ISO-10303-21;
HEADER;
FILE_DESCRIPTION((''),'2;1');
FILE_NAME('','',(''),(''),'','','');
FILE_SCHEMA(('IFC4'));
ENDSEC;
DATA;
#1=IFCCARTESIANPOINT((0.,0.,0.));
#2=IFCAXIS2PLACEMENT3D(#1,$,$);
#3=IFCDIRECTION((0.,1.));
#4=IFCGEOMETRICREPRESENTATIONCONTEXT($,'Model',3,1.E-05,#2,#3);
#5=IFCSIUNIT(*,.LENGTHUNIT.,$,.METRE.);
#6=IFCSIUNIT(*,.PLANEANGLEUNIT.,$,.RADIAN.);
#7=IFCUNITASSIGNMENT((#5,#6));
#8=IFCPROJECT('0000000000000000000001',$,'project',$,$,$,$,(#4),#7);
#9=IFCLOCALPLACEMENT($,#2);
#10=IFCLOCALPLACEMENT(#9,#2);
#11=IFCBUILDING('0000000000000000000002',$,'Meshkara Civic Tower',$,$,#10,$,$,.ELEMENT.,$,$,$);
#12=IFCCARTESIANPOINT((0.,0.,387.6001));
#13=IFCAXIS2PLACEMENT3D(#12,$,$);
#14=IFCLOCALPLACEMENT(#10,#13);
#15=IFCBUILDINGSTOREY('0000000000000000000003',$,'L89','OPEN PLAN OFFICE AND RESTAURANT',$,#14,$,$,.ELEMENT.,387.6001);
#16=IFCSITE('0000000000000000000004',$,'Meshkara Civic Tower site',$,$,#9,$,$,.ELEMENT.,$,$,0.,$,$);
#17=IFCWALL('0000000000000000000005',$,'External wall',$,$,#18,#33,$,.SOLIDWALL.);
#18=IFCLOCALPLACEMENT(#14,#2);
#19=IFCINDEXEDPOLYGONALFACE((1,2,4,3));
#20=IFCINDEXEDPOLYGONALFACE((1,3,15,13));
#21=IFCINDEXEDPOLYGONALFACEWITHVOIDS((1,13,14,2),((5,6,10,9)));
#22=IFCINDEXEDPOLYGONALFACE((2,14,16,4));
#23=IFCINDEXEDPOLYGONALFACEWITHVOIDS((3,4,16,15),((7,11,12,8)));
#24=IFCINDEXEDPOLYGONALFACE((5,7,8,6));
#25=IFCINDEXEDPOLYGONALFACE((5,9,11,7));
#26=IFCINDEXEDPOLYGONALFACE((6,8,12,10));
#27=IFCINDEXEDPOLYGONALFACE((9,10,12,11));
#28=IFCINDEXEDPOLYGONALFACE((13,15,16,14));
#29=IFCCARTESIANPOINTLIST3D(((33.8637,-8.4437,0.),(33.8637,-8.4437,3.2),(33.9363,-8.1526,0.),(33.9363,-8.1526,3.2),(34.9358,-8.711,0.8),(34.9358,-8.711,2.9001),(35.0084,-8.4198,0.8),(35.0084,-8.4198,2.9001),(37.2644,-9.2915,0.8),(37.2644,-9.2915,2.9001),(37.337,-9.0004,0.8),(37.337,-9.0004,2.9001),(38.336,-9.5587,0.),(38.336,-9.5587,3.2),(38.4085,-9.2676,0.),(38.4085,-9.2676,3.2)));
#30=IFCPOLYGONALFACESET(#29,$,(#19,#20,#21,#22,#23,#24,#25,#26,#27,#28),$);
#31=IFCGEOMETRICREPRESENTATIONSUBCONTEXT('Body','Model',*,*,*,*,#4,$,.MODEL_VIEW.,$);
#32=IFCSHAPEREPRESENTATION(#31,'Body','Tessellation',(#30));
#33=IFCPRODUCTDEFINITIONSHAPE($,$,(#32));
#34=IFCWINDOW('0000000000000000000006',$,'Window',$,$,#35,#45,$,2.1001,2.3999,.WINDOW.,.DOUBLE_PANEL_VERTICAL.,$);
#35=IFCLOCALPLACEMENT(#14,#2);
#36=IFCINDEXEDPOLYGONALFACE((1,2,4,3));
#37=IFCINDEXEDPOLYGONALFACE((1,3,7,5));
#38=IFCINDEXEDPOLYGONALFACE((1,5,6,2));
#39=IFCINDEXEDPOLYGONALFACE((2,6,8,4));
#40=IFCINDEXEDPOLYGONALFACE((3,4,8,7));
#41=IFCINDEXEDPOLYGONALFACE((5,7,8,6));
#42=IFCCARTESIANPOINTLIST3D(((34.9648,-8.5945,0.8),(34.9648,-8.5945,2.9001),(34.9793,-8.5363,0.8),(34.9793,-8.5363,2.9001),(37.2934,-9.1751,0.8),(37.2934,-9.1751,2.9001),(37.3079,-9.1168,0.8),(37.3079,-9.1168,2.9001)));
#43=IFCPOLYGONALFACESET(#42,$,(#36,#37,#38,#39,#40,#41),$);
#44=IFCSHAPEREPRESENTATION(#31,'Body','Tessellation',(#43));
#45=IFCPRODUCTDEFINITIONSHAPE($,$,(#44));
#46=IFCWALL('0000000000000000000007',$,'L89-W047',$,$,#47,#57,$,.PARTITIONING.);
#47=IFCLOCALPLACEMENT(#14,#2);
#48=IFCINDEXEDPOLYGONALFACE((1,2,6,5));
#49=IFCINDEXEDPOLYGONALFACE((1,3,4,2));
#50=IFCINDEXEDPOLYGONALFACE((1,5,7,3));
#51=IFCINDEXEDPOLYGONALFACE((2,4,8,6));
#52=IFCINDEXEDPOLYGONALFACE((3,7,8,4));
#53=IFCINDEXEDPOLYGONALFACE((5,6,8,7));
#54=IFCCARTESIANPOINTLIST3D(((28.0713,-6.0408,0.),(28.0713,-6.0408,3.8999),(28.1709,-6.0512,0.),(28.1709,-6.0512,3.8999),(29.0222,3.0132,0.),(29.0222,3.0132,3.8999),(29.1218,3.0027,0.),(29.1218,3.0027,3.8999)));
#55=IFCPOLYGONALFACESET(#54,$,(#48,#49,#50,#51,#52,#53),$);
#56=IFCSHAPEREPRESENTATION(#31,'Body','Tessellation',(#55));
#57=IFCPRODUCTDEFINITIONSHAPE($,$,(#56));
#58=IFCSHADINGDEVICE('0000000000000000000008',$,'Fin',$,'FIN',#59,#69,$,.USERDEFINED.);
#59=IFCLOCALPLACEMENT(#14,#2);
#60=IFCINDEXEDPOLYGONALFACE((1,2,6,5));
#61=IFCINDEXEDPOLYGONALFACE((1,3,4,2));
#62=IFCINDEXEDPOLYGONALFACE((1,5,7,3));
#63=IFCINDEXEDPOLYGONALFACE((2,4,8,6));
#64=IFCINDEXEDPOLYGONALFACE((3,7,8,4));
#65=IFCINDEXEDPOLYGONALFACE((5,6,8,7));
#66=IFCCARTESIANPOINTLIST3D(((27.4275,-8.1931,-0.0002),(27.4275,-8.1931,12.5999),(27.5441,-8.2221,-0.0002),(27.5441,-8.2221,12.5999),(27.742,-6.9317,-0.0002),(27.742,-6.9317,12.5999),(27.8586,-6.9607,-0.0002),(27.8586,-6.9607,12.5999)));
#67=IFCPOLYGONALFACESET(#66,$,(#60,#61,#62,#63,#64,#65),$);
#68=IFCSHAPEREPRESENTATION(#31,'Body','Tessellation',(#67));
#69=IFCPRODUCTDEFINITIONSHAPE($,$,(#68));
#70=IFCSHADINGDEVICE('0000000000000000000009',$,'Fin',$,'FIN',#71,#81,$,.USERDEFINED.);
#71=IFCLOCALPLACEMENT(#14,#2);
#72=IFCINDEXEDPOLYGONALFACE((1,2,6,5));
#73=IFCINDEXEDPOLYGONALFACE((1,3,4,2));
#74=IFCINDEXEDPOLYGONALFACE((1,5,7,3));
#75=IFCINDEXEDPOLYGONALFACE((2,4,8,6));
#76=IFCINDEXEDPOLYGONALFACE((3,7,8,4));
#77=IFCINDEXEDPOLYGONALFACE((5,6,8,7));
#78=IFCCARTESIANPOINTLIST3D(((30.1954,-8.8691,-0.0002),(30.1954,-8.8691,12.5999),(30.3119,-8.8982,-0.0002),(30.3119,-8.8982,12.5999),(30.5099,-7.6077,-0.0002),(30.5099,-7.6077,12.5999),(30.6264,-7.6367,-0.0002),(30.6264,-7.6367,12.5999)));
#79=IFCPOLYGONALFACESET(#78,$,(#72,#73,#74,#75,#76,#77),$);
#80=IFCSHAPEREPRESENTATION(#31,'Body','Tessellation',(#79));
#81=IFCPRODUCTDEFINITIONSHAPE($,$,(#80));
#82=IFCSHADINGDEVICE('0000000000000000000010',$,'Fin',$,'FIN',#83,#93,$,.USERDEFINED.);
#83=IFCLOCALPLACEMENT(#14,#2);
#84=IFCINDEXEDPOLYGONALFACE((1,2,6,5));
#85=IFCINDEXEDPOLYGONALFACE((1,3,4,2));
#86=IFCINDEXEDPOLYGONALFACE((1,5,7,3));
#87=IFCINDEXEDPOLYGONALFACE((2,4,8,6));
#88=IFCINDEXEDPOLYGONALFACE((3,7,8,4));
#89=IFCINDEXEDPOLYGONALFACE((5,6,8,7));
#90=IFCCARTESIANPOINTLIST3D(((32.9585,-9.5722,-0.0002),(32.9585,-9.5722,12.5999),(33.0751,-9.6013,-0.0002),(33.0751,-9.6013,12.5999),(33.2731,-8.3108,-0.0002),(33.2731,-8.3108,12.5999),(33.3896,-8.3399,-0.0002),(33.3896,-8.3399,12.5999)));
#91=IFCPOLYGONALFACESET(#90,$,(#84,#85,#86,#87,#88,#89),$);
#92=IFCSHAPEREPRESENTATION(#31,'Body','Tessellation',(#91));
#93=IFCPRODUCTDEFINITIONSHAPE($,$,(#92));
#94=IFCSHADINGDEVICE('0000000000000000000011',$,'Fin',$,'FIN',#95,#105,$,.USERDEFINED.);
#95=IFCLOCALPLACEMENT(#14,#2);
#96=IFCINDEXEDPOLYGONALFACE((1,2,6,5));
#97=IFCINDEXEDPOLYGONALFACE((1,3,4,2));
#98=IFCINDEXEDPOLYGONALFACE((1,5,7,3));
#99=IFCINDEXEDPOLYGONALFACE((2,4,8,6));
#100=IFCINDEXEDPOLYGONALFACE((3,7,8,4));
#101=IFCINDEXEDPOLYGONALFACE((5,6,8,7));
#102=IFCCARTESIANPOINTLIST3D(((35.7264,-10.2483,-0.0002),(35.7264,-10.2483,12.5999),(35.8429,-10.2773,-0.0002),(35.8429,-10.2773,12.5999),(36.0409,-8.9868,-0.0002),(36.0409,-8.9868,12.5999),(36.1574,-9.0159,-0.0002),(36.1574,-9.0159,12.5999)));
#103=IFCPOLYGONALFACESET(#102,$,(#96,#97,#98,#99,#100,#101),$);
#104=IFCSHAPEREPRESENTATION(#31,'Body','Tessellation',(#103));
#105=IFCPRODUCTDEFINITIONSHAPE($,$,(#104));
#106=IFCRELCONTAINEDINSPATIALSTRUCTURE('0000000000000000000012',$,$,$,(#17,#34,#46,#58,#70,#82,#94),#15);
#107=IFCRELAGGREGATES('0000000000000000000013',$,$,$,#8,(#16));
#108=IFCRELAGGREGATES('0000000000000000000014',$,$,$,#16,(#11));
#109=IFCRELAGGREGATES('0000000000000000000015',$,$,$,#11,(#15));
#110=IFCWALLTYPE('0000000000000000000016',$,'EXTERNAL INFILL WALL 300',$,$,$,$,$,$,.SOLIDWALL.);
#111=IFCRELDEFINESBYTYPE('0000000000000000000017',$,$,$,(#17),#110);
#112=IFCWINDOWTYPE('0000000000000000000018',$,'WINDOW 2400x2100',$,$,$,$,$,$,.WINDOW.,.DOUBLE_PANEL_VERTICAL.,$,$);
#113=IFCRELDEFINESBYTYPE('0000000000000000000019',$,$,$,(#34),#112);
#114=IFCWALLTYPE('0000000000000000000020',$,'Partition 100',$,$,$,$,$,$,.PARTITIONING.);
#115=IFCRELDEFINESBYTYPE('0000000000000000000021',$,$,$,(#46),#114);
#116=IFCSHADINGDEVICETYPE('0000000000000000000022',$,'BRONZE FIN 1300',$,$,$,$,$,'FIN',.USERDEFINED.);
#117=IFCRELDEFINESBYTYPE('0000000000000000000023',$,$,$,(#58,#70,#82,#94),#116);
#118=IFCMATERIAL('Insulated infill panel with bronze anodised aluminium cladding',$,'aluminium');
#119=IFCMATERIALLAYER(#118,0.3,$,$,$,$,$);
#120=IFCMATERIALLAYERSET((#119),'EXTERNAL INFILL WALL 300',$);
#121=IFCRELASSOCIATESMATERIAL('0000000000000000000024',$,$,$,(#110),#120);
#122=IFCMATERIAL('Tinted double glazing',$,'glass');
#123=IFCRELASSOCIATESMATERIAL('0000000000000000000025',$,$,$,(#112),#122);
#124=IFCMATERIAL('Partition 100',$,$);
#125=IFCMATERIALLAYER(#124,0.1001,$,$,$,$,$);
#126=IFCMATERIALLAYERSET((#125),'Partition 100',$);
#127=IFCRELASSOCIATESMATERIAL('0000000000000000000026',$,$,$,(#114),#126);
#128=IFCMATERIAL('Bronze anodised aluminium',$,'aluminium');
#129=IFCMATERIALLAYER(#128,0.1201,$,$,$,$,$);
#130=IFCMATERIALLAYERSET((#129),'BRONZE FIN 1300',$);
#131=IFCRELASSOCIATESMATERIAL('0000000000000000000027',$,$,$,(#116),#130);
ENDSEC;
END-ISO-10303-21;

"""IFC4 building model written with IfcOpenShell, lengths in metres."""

from ifc_helpers import new_model, si_unit, direction, frame, frame_2d, origin, origin_2d, place, context, subcontext, project, spatial, rectangle, extrude, material, layer, layer_set, type_object, element, fill, save


model = new_model("IFC4")

# Units and contexts
model_context = context("Model", 3, precision=1e-05, world=origin(), true_north=direction((0.0, 1.0)))
body_context = subcontext(model_context, "Body", "Model", "MODEL_VIEW")
ifc_project = project(units=[si_unit("LENGTHUNIT", "METRE"), si_unit("PLANEANGLEUNIT", "RADIAN")], contexts=[model_context])

# Site, building, storey
site_placement = place(None, origin())
site = spatial("IfcSite", under=ifc_project, at=site_placement, Name="Meshkara Civic Tower site", CompositionType="ELEMENT", RefElevation=0.0)
building_placement = place(site_placement, origin())
building = spatial("IfcBuilding", under=site, at=building_placement, Name="Meshkara Civic Tower", CompositionType="ELEMENT")
storey_placement = place(building_placement, frame((0.0, 0.0, 387.6001)))
storey = spatial("IfcBuildingStorey", under=building, at=storey_placement, Name="L89", Description="OPEN PLAN OFFICE AND RESTAURANT", CompositionType="ELEMENT", Elevation=387.6001)

# Wall, opening, window
ifc_material_1 = material(Name="Insulated infill panel with bronze anodised aluminium cladding", Category="aluminium")
ifc_layer_1 = layer(ifc_material_1, 0.3)
ifc_layer_set_1 = layer_set([ifc_layer_1], Name="EXTERNAL INFILL WALL 300")
wall_type_1 = type_object("IfcWallType", Name="EXTERNAL INFILL WALL 300", PredefinedType="SOLIDWALL", material=ifc_layer_set_1)
ifc_material_2 = material(Name="Tinted double glazing", Category="glass")
window_type = type_object("IfcWindowType", Name="WINDOW 2400x2100", PartitioningType="DOUBLE_PANEL_VERTICAL", PredefinedType="WINDOW", material=ifc_material_2)
wall_1_placement = place(storey_placement, frame((33.8999, -8.2981, 0.0), z_axis=(0.0, 0.0, 1.0), x_axis=(0.970298, -0.241912, 0.0)))
wall_1 = element("IfcWall", 1, at=wall_1_placement, inside=storey, type_object=wall_type_1, Name="External wall", PredefinedType="SOLIDWALL", context=body_context, shape_type="SweptSolid", body=[
    extrude(rectangle(XDim=4.6091, YDim=0.3, at=frame_2d((2.3047, 0.0))), origin(), (0.0, 0.0, 1.0), 3.2),
])
opening_1_placement = place(wall_1_placement, frame((1.105, 0.0, 0.8)))
opening_1 = element("IfcOpeningElement", 2, at=opening_1_placement, cuts=wall_1, PredefinedType="OPENING", context=body_context, shape_type="SweptSolid", body=[
    extrude(rectangle(XDim=2.3999, YDim=2.1001, at=frame_2d((1.2, 1.05))), frame((0.0, 0.1599, 0.0), z_axis=(0.0, -1.0, 0.0), x_axis=(1.0, 0.0, 0.0)), (0.0, 0.0, 1.0), 0.3201),
])
window_1_placement = place(opening_1_placement, origin())
window_1 = element("IfcWindow", 3, at=window_1_placement, inside=storey, type_object=window_type, Name="Window", OverallHeight=2.1001, OverallWidth=2.3999, PartitioningType="DOUBLE_PANEL_VERTICAL", PredefinedType="WINDOW", context=body_context, shape_type="SweptSolid", body=[
    extrude(rectangle(XDim=2.3999, YDim=2.1001, at=frame_2d((1.2, 1.05))), frame((0.0, 0.03, 0.0), z_axis=(0.0, -1.0, 0.0), x_axis=(1.0, 0.0, 0.0)), (0.0, 0.0, 1.0), 0.0601),
])
fill(opening_1, window_1)

# Wall
ifc_material_3 = material(Name="Partition 100")
ifc_layer_2 = layer(ifc_material_3, 0.1001)
ifc_layer_set_2 = layer_set([ifc_layer_2], Name="Partition 100")
wall_type_2 = type_object("IfcWallType", Name="Partition 100", PredefinedType="PARTITIONING", material=ifc_layer_set_2)
wall_2_placement = place(storey_placement, frame((28.1211, -6.0459, 0.0), z_axis=(0.0, 0.0, 1.0), x_axis=(0.104454, 0.99453, 0.0)))
element("IfcWall", 4, at=wall_2_placement, inside=storey, type_object=wall_type_2, Name="L89-W047", PredefinedType="PARTITIONING", context=body_context, shape_type="SweptSolid", body=[
    extrude(rectangle(XDim=9.1038, YDim=0.1001, at=frame_2d((4.5518, 0.0))), origin(), (0.0, 0.0, 1.0), 3.8999),
])

# Shading devices
ifc_material_4 = material(Name="Bronze anodised aluminium", Category="aluminium")
ifc_layer_3 = layer(ifc_material_4, 0.1201)
ifc_layer_set_3 = layer_set([ifc_layer_3], Name="BRONZE FIN 1300")
shading_device_type = type_object("IfcShadingDeviceType", Name="BRONZE FIN 1300", ElementType="FIN", PredefinedType="USERDEFINED", material=ifc_layer_set_3)
for number, where, z_axis, x_axis, name in (
    (5, (27.6431, -7.5769, -0.0002), (0.0, 0.0, 1.0), (0.970296, -0.241922, 0.0), "Fin"),
    (6, (30.4109, -8.2529, -0.0002), (0.0, 0.0, 1.0), (0.970296, -0.241922, 0.0), "Fin"),
    (7, (33.1741, -8.9561, -0.0002), (0.0, 0.0, 1.0), (0.970296, -0.241922, 0.0), "Fin"),
    (8, (35.9419, -9.6321, -0.0002), (0.0, 0.0, 1.0), (0.970296, -0.241922, 0.0), "Fin"),
):
    element("IfcShadingDevice", number, at=place(storey_placement, frame(where, z_axis=z_axis, x_axis=x_axis)), inside=storey, type_object=shading_device_type, Name=name, ObjectType="FIN", PredefinedType="USERDEFINED", context=body_context, shape_type="SweptSolid", body=[
        extrude(rectangle(XDim=0.1201, YDim=1.3, at=origin_2d()), origin(), (0.0, 0.0, 1.0), 12.6001),
    ])

save(model, "model.ifc")
